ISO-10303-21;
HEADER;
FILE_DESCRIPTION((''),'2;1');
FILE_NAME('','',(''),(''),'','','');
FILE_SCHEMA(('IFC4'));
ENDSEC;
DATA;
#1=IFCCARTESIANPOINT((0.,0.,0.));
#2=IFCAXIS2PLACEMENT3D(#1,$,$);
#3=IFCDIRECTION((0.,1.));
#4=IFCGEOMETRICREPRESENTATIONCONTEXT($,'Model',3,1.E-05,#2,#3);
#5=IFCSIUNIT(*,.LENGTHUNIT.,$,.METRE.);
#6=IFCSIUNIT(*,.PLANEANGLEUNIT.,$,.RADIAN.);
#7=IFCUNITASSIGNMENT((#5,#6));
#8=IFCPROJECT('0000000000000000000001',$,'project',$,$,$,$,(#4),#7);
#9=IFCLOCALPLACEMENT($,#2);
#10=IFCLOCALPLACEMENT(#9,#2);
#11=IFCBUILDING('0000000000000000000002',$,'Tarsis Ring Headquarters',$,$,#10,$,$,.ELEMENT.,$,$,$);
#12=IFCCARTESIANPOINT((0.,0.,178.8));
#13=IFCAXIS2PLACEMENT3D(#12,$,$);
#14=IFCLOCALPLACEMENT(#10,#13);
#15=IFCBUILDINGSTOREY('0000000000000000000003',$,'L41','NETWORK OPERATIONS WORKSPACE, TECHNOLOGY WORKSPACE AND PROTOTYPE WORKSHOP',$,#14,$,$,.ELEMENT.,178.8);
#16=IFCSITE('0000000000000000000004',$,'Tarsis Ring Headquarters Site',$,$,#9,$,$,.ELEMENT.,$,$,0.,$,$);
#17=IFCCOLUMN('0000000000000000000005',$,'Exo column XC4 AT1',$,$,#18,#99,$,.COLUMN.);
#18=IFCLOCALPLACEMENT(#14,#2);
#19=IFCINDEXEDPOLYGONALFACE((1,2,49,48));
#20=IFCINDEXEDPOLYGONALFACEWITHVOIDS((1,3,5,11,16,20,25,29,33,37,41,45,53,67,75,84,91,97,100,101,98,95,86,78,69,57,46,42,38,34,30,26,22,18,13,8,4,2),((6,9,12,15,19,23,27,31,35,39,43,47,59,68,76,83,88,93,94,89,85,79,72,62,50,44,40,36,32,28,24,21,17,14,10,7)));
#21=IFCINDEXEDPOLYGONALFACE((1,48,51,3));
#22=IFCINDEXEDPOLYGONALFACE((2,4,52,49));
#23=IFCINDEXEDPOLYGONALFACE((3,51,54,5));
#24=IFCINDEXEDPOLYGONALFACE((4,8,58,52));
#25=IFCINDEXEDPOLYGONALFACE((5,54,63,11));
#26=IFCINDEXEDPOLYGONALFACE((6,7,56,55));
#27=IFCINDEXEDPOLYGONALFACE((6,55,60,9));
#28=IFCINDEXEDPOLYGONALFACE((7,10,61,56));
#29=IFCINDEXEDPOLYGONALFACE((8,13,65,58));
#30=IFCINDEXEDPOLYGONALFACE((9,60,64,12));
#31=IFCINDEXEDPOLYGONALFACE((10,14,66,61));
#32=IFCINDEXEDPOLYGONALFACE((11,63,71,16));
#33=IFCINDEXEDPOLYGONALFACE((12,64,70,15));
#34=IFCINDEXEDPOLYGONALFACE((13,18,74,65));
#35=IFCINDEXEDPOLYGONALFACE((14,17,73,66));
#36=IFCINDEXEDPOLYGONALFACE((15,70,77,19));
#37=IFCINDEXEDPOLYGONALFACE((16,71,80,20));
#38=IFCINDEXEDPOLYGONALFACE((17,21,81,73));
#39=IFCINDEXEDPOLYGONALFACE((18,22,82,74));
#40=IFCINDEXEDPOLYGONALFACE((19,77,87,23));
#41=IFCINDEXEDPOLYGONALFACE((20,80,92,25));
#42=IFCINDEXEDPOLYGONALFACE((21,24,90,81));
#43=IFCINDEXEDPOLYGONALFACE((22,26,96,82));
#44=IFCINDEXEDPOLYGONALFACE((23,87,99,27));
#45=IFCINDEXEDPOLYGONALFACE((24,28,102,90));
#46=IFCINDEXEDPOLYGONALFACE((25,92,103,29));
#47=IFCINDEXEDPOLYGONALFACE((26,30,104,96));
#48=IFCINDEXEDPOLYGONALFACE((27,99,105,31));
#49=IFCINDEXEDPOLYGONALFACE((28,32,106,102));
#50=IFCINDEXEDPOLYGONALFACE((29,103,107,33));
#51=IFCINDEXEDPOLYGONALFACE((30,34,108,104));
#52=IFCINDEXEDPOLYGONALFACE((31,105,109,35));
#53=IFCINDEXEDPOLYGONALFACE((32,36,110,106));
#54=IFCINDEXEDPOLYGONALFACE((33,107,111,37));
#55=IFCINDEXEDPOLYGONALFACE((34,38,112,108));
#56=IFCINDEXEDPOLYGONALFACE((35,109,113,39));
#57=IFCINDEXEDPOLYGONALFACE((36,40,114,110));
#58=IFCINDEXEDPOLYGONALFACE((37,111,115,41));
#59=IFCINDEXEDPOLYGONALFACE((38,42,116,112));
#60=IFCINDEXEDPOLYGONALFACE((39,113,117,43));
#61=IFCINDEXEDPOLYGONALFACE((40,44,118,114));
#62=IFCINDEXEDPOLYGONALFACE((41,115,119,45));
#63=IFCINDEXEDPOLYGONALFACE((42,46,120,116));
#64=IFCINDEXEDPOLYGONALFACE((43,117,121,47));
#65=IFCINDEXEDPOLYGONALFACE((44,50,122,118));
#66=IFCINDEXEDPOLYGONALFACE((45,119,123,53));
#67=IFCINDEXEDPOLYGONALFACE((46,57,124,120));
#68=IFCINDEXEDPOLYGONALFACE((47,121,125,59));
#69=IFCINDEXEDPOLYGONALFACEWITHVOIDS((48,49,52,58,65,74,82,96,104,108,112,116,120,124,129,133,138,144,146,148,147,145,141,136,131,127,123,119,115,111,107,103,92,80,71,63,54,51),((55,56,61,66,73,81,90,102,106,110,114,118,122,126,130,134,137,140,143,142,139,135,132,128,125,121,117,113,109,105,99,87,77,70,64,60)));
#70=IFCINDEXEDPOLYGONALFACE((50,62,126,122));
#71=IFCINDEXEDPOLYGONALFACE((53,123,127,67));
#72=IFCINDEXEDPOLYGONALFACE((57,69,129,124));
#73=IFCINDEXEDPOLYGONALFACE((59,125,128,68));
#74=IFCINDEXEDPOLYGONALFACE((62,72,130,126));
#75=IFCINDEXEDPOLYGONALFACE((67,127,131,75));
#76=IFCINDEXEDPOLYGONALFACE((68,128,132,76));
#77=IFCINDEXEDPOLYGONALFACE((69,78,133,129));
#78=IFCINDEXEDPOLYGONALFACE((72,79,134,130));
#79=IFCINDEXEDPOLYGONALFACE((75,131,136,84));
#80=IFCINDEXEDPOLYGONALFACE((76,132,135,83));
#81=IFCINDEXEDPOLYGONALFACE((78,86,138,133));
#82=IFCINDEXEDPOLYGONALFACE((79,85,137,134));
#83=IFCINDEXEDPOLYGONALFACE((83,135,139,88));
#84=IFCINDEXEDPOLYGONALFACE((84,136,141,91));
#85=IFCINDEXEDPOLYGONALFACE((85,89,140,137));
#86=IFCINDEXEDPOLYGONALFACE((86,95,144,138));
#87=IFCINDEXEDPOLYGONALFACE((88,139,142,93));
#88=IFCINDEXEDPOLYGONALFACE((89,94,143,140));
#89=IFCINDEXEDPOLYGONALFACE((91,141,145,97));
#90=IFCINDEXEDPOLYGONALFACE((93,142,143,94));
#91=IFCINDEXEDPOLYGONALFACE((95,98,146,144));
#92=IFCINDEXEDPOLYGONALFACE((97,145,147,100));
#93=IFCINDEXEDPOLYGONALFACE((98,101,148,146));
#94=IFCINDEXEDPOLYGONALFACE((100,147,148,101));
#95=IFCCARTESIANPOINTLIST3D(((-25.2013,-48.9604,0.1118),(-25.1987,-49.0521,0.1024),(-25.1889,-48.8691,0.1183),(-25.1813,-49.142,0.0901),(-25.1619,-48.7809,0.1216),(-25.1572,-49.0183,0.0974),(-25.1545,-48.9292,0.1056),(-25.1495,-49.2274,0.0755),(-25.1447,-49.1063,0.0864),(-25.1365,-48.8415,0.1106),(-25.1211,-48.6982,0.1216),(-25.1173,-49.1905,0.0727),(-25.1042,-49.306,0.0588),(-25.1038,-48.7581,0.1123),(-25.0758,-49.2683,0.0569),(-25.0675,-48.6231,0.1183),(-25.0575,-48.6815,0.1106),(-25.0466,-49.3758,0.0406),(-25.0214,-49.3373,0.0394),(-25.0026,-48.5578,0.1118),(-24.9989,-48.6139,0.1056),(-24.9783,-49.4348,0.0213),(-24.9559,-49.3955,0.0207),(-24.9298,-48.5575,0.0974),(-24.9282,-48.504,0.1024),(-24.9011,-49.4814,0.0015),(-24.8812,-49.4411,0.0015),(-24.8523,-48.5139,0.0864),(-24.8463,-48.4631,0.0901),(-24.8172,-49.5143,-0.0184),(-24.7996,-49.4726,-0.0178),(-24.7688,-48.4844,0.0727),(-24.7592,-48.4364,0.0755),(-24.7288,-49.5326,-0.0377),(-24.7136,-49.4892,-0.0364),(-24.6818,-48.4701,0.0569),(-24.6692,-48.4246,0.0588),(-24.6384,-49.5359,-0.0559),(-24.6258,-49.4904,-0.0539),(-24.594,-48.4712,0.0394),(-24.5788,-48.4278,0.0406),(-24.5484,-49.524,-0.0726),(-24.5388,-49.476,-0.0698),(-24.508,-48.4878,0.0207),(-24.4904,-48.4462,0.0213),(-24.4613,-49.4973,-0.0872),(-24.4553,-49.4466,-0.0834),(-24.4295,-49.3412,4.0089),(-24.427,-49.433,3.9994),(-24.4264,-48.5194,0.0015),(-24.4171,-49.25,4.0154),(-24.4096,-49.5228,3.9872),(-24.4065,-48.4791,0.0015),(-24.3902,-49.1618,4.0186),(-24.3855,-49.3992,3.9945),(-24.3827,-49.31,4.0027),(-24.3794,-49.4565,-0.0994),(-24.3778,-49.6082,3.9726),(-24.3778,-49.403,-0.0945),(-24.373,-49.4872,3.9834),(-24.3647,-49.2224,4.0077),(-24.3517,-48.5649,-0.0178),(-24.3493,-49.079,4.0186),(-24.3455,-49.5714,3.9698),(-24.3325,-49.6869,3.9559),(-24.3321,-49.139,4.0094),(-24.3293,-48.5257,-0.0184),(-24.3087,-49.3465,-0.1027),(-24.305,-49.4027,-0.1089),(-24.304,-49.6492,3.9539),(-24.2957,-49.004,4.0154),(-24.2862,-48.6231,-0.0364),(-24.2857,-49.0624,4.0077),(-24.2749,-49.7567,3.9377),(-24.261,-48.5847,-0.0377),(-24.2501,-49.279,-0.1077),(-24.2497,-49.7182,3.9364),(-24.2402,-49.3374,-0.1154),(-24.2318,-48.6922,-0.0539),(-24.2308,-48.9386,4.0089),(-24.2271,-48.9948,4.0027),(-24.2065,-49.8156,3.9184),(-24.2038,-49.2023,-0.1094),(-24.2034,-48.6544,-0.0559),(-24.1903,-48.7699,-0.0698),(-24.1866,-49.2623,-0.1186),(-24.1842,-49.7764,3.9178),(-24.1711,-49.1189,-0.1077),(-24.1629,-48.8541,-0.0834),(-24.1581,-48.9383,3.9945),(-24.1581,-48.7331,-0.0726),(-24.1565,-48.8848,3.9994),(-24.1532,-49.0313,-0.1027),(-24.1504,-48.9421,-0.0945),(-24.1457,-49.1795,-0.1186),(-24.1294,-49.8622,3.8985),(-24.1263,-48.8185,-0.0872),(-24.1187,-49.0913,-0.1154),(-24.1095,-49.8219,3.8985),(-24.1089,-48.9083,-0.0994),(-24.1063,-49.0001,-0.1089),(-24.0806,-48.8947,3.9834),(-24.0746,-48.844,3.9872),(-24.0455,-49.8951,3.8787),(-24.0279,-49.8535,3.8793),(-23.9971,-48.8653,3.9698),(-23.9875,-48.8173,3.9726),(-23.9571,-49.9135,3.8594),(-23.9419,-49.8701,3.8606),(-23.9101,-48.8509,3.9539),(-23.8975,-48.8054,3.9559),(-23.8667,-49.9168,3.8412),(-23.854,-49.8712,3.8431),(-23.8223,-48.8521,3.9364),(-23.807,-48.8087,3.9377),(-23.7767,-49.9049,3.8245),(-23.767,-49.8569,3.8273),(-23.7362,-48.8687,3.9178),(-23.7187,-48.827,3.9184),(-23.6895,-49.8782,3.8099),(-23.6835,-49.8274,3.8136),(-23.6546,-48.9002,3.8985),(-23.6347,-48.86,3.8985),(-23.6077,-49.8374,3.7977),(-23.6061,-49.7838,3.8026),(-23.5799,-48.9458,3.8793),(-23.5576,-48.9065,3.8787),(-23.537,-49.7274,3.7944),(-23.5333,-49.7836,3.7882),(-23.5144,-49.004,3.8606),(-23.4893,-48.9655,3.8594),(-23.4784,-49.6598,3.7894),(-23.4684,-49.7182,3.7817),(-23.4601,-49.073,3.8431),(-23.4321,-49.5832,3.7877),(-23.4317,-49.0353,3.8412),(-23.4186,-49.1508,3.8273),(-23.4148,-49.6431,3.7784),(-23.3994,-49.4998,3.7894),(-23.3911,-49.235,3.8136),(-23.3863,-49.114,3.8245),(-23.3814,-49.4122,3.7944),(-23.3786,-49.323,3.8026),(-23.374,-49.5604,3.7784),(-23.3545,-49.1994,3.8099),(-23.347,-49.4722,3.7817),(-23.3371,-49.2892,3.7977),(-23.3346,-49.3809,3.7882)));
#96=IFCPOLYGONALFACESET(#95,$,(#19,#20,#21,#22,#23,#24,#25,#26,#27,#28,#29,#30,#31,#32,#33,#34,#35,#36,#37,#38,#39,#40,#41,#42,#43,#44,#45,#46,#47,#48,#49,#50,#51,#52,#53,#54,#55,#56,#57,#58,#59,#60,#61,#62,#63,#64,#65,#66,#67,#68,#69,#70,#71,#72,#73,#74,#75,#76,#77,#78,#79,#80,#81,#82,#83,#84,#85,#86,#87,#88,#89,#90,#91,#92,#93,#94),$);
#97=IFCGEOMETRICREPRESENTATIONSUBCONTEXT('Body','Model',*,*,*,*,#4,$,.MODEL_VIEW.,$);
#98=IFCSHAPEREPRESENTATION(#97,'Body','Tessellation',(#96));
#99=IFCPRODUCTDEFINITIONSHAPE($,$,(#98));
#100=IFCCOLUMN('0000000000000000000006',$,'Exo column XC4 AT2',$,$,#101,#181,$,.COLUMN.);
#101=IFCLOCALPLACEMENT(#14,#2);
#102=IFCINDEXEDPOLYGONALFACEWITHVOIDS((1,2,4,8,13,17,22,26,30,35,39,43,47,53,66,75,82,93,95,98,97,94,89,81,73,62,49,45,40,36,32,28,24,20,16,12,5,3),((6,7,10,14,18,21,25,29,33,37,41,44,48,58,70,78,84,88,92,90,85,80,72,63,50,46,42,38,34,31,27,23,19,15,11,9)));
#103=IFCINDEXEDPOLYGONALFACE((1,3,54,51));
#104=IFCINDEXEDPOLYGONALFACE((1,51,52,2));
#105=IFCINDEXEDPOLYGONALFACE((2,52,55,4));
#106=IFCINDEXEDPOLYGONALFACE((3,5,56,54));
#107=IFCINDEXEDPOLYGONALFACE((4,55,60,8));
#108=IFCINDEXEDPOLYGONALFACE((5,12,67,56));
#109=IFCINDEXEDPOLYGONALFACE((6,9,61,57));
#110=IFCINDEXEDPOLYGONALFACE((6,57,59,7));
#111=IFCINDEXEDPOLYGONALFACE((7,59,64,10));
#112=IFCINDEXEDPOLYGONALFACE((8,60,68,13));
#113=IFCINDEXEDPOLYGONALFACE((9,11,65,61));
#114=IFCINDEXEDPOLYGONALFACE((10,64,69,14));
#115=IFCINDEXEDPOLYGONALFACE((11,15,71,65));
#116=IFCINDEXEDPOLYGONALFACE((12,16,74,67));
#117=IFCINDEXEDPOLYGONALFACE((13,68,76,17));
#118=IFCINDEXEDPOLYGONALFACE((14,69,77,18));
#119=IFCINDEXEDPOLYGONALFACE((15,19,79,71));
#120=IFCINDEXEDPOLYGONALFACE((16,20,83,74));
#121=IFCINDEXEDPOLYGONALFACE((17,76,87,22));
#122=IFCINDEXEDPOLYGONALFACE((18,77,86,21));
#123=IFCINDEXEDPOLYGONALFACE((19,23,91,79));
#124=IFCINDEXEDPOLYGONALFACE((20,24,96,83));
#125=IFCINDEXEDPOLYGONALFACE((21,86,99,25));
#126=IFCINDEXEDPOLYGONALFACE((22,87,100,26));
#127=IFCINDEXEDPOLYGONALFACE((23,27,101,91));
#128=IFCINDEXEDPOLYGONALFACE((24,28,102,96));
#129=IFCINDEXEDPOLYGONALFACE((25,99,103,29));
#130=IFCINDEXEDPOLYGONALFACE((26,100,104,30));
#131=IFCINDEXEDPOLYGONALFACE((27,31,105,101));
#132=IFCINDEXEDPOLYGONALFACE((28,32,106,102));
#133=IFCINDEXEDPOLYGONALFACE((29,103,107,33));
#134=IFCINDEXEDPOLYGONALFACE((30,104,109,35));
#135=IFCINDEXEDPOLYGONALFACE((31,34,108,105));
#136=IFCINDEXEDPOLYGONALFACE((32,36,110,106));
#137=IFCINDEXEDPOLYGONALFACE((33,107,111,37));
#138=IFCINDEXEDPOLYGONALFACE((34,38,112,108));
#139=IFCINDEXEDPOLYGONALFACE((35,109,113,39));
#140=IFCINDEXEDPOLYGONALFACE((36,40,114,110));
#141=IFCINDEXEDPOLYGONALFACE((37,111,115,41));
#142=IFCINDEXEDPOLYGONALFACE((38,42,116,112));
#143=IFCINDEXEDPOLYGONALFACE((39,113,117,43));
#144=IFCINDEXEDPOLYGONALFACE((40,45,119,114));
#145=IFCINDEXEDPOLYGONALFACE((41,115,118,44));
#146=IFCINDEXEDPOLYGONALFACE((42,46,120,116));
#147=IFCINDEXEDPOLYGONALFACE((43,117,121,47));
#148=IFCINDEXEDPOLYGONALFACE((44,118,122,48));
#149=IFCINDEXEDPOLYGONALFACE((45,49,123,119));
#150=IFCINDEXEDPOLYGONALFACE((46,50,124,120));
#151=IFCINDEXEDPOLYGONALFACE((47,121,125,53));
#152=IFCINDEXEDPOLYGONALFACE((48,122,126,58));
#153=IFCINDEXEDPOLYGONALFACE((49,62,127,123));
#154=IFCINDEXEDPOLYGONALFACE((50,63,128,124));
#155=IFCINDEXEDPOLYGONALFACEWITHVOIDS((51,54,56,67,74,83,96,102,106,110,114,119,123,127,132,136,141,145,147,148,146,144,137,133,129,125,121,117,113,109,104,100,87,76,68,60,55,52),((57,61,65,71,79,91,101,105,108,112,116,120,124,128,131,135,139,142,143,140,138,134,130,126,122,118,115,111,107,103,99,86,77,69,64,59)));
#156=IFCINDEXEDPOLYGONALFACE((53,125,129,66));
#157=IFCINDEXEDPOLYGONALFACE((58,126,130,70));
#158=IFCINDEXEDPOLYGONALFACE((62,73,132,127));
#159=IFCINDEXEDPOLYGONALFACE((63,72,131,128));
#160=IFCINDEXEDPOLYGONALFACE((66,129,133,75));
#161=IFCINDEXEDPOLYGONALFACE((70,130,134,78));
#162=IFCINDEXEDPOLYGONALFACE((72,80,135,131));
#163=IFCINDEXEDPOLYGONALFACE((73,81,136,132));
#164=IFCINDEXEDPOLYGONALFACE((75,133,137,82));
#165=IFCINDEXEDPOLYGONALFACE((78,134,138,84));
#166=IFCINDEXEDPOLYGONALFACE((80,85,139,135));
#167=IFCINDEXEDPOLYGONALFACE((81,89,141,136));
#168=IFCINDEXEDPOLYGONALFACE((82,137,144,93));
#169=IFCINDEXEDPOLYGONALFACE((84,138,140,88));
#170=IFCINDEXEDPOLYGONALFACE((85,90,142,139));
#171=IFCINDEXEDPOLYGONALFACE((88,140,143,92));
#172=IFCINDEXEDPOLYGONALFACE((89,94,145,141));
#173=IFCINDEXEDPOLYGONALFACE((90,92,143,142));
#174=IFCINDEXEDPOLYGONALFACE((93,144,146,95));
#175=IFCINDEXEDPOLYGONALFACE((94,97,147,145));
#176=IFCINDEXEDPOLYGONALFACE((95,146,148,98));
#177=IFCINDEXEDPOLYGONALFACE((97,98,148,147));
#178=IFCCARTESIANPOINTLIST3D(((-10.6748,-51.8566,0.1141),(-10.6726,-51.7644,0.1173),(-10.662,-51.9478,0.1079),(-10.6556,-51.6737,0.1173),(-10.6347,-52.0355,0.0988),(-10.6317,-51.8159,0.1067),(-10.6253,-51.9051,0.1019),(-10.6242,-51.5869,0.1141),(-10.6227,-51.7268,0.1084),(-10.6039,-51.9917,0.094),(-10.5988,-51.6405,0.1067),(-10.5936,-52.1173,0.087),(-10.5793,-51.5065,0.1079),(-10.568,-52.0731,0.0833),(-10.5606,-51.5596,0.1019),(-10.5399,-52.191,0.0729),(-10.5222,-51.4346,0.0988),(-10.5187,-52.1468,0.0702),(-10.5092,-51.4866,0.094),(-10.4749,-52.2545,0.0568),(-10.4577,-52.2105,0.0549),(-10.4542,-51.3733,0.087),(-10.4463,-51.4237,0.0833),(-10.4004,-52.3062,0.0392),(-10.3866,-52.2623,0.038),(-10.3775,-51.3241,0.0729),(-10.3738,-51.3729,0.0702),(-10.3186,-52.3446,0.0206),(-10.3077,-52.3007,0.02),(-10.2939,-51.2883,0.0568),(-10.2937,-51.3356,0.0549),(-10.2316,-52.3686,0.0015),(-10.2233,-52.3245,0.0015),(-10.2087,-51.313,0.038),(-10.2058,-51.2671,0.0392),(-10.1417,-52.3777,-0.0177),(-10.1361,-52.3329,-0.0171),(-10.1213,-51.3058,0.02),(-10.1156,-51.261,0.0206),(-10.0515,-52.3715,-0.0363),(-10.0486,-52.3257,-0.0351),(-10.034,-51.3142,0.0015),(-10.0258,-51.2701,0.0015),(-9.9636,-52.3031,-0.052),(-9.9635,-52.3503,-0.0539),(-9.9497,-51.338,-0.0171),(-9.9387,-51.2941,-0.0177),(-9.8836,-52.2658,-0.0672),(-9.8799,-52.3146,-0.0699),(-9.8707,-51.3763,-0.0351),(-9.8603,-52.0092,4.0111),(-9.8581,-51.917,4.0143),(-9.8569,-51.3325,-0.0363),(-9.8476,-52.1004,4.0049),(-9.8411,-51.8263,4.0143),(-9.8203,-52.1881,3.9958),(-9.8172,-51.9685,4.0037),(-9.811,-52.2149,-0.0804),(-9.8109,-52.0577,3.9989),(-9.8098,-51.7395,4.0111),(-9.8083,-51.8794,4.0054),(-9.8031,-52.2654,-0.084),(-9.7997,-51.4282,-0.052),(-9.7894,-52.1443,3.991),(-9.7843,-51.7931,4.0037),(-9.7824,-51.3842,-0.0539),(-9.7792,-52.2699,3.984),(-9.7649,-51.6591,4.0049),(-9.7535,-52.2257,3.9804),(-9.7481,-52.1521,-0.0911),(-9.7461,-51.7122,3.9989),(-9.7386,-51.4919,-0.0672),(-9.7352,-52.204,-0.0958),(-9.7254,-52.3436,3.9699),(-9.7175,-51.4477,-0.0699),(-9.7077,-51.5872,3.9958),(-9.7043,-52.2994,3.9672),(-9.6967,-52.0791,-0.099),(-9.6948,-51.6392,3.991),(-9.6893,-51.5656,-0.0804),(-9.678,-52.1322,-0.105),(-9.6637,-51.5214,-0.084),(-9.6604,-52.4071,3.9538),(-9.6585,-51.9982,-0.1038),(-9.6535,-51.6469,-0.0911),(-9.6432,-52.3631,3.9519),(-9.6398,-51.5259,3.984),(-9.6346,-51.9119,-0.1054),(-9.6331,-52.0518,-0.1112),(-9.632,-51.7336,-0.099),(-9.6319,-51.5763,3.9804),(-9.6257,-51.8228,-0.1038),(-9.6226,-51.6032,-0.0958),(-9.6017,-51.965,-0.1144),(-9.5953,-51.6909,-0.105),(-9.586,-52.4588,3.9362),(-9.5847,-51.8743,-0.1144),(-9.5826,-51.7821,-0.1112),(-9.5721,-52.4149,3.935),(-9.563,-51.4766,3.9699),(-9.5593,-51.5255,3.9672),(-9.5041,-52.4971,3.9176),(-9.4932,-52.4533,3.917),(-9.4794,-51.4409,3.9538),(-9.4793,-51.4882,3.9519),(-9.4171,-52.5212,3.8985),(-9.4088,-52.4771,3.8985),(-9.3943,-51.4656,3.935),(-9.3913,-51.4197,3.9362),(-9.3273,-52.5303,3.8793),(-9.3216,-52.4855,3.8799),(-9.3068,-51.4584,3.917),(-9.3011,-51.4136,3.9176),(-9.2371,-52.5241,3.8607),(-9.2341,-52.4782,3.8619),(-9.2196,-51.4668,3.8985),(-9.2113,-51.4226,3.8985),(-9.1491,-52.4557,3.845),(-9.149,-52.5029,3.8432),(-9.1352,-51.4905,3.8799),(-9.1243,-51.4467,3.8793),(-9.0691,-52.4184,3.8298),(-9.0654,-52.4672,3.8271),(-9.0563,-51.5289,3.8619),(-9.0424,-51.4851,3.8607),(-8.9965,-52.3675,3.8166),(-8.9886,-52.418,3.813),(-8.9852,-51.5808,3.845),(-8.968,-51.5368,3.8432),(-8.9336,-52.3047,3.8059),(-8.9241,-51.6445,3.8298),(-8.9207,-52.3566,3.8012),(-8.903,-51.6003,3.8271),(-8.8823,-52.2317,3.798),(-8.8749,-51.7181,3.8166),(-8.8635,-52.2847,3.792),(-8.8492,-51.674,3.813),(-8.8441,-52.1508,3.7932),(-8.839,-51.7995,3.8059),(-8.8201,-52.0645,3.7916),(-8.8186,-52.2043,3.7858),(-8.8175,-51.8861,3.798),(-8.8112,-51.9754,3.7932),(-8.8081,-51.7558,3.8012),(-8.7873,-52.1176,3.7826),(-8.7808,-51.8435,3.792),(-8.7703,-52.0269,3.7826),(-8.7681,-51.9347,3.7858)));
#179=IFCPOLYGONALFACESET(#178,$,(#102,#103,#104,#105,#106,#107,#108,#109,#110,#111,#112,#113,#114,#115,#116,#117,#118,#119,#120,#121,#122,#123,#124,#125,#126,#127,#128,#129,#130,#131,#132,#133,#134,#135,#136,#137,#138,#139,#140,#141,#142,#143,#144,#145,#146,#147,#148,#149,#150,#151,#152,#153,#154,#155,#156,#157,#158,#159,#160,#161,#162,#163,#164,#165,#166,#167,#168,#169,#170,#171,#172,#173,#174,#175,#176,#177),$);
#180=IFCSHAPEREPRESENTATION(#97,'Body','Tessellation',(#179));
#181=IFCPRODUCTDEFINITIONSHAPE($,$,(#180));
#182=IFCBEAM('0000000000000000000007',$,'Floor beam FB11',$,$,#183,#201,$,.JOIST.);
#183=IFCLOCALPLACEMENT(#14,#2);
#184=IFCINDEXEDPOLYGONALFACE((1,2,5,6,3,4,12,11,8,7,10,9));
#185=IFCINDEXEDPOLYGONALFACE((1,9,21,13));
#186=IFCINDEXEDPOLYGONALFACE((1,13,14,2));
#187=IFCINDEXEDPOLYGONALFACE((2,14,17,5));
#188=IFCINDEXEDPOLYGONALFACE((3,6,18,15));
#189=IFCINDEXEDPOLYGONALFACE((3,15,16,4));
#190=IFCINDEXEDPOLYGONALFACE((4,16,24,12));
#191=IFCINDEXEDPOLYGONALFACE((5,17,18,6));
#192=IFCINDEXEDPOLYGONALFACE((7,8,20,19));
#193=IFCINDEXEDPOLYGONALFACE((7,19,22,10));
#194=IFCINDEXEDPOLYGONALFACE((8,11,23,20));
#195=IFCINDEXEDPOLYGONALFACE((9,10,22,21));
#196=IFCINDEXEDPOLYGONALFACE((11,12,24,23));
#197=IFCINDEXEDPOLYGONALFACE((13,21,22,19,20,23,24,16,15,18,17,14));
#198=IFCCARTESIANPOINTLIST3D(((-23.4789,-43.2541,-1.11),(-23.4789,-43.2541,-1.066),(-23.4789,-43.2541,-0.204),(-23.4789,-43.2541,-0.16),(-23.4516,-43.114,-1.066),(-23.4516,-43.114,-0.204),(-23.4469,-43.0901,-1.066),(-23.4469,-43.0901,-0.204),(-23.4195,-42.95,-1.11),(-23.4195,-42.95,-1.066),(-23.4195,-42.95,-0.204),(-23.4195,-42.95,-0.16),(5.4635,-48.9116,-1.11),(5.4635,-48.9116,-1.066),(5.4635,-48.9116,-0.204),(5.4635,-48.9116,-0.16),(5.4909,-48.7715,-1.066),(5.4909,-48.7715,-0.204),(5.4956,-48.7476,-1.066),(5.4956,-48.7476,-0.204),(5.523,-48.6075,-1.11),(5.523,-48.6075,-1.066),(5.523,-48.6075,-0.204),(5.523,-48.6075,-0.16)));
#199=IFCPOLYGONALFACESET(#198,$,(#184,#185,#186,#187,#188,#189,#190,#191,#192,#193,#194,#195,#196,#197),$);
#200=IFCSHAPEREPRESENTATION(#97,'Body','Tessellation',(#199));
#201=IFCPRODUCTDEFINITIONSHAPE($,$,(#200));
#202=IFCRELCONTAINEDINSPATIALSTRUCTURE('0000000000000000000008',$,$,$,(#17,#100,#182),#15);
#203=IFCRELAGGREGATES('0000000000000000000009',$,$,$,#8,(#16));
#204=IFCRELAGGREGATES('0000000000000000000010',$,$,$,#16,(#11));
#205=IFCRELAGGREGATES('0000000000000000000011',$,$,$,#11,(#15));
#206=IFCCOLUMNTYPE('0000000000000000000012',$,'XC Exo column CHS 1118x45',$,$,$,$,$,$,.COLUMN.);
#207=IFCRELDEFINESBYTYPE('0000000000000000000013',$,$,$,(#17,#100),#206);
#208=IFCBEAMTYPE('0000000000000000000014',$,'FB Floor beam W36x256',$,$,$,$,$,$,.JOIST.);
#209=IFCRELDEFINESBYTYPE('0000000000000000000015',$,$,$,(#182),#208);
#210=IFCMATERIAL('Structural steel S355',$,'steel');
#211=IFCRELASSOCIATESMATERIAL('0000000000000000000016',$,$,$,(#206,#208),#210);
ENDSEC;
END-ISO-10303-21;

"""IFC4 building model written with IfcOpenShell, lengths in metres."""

from ifc_helpers import new_model, si_unit, direction, frame, origin, origin_2d, place, context, subcontext, project, spatial, hollow_circle, i_section, extrude, material, material_profile, profile_set, type_object, element, save


model = new_model("IFC4")

# Units and contexts
model_context = context("Model", 3, precision=1e-05, world=origin(), true_north=direction((0.0, 1.0)))
body_context = subcontext(model_context, "Body", "Model", "MODEL_VIEW")
ifc_project = project(units=[si_unit("LENGTHUNIT", "METRE"), si_unit("PLANEANGLEUNIT", "RADIAN")], contexts=[model_context])

# Site, building, storey
site_placement = place(None, origin())
site = spatial("IfcSite", under=ifc_project, at=site_placement, Name="Tarsis Ring Headquarters Site", CompositionType="ELEMENT", RefElevation=0.0)
building_placement = place(site_placement, origin())
building = spatial("IfcBuilding", under=site, at=building_placement, Name="Tarsis Ring Headquarters", CompositionType="ELEMENT")
storey_placement = place(building_placement, frame((0.0, 0.0, 178.8)))
storey = spatial("IfcBuildingStorey", under=building, at=storey_placement, Name="L41", Description="NETWORK OPERATIONS WORKSPACE, TECHNOLOGY WORKSPACE AND PROTOTYPE WORKSHOP", CompositionType="ELEMENT", Elevation=178.8)

# Columns
ifc_material_1 = material(Name="Structural steel S355", Category="steel")
ifc_material_profile_1 = material_profile(ifc_material_1, hollow_circle(Radius=0.5588, WallThickness=0.0449, at=origin_2d()), Name="CHS 1118x45")
ifc_profile_set_1 = profile_set([ifc_material_profile_1], Name="Structural steel S355")
column_type = type_object("IfcColumnType", Name="XC Exo column CHS 1118x45", PredefinedType="COLUMN", material=ifc_profile_set_1)
column_1_placement = place(storey_placement, frame((-24.6538, -48.9802, 0.0015), z_axis=(0.193374, -0.095433, 0.976473), x_axis=(0.442555, 0.896741, 0.0)))
element("IfcColumn", 1, at=column_1_placement, inside=storey, type_object=column_type, Name="Exo column XC4 AT1", PredefinedType="COLUMN", context=body_context, shape_type="SweptSolid", body=[
    extrude(hollow_circle(Radius=0.5588, WallThickness=0.0449, at=origin_2d()), origin(), (0.0, 0.0, 1.0), 3.991),
])
column_2_placement = place(storey_placement, frame((-10.1287, -51.8193, 0.0015), z_axis=(0.204426, -0.038299, 0.978132), x_axis=(0.184146, 0.982899, 0.0)))
element("IfcColumn", 2, at=column_2_placement, inside=storey, type_object=column_type, Name="Exo column XC4 AT2", PredefinedType="COLUMN", context=body_context, shape_type="SweptSolid", body=[
    extrude(hollow_circle(Radius=0.5588, WallThickness=0.0449, at=origin_2d()), origin(), (0.0, 0.0, 1.0), 3.9841),
])

# Beam
ifc_material_profile_2 = material_profile(ifc_material_1, i_section(OverallWidth=0.3098, OverallDepth=0.95, WebThickness=0.0244, FlangeThickness=0.0439, at=origin_2d()), Name="W36x256")
ifc_profile_set_2 = profile_set([ifc_material_profile_2], Name="Structural steel S355")
beam_type_1 = type_object("IfcBeamType", Name="FB Floor beam W36x256", PredefinedType="JOIST", material=ifc_profile_set_2)
beam_1_placement = place(storey_placement, frame((-23.4492, -43.1021, -0.635), z_axis=(0.981426, -0.191843, 0.0), x_axis=(0.191843, 0.981426, 0.0)))
element("IfcBeam", 3, at=beam_1_placement, inside=storey, type_object=beam_type_1, Name="Floor beam FB11", PredefinedType="JOIST", context=body_context, shape_type="SweptSolid", body=[
    extrude(i_section(OverallWidth=0.3098, OverallDepth=0.95, WebThickness=0.0244, FlangeThickness=0.0439, at=origin_2d()), origin(), (0.0, 0.0, 1.0), 29.4902),
])

save(model, "model.ifc")
